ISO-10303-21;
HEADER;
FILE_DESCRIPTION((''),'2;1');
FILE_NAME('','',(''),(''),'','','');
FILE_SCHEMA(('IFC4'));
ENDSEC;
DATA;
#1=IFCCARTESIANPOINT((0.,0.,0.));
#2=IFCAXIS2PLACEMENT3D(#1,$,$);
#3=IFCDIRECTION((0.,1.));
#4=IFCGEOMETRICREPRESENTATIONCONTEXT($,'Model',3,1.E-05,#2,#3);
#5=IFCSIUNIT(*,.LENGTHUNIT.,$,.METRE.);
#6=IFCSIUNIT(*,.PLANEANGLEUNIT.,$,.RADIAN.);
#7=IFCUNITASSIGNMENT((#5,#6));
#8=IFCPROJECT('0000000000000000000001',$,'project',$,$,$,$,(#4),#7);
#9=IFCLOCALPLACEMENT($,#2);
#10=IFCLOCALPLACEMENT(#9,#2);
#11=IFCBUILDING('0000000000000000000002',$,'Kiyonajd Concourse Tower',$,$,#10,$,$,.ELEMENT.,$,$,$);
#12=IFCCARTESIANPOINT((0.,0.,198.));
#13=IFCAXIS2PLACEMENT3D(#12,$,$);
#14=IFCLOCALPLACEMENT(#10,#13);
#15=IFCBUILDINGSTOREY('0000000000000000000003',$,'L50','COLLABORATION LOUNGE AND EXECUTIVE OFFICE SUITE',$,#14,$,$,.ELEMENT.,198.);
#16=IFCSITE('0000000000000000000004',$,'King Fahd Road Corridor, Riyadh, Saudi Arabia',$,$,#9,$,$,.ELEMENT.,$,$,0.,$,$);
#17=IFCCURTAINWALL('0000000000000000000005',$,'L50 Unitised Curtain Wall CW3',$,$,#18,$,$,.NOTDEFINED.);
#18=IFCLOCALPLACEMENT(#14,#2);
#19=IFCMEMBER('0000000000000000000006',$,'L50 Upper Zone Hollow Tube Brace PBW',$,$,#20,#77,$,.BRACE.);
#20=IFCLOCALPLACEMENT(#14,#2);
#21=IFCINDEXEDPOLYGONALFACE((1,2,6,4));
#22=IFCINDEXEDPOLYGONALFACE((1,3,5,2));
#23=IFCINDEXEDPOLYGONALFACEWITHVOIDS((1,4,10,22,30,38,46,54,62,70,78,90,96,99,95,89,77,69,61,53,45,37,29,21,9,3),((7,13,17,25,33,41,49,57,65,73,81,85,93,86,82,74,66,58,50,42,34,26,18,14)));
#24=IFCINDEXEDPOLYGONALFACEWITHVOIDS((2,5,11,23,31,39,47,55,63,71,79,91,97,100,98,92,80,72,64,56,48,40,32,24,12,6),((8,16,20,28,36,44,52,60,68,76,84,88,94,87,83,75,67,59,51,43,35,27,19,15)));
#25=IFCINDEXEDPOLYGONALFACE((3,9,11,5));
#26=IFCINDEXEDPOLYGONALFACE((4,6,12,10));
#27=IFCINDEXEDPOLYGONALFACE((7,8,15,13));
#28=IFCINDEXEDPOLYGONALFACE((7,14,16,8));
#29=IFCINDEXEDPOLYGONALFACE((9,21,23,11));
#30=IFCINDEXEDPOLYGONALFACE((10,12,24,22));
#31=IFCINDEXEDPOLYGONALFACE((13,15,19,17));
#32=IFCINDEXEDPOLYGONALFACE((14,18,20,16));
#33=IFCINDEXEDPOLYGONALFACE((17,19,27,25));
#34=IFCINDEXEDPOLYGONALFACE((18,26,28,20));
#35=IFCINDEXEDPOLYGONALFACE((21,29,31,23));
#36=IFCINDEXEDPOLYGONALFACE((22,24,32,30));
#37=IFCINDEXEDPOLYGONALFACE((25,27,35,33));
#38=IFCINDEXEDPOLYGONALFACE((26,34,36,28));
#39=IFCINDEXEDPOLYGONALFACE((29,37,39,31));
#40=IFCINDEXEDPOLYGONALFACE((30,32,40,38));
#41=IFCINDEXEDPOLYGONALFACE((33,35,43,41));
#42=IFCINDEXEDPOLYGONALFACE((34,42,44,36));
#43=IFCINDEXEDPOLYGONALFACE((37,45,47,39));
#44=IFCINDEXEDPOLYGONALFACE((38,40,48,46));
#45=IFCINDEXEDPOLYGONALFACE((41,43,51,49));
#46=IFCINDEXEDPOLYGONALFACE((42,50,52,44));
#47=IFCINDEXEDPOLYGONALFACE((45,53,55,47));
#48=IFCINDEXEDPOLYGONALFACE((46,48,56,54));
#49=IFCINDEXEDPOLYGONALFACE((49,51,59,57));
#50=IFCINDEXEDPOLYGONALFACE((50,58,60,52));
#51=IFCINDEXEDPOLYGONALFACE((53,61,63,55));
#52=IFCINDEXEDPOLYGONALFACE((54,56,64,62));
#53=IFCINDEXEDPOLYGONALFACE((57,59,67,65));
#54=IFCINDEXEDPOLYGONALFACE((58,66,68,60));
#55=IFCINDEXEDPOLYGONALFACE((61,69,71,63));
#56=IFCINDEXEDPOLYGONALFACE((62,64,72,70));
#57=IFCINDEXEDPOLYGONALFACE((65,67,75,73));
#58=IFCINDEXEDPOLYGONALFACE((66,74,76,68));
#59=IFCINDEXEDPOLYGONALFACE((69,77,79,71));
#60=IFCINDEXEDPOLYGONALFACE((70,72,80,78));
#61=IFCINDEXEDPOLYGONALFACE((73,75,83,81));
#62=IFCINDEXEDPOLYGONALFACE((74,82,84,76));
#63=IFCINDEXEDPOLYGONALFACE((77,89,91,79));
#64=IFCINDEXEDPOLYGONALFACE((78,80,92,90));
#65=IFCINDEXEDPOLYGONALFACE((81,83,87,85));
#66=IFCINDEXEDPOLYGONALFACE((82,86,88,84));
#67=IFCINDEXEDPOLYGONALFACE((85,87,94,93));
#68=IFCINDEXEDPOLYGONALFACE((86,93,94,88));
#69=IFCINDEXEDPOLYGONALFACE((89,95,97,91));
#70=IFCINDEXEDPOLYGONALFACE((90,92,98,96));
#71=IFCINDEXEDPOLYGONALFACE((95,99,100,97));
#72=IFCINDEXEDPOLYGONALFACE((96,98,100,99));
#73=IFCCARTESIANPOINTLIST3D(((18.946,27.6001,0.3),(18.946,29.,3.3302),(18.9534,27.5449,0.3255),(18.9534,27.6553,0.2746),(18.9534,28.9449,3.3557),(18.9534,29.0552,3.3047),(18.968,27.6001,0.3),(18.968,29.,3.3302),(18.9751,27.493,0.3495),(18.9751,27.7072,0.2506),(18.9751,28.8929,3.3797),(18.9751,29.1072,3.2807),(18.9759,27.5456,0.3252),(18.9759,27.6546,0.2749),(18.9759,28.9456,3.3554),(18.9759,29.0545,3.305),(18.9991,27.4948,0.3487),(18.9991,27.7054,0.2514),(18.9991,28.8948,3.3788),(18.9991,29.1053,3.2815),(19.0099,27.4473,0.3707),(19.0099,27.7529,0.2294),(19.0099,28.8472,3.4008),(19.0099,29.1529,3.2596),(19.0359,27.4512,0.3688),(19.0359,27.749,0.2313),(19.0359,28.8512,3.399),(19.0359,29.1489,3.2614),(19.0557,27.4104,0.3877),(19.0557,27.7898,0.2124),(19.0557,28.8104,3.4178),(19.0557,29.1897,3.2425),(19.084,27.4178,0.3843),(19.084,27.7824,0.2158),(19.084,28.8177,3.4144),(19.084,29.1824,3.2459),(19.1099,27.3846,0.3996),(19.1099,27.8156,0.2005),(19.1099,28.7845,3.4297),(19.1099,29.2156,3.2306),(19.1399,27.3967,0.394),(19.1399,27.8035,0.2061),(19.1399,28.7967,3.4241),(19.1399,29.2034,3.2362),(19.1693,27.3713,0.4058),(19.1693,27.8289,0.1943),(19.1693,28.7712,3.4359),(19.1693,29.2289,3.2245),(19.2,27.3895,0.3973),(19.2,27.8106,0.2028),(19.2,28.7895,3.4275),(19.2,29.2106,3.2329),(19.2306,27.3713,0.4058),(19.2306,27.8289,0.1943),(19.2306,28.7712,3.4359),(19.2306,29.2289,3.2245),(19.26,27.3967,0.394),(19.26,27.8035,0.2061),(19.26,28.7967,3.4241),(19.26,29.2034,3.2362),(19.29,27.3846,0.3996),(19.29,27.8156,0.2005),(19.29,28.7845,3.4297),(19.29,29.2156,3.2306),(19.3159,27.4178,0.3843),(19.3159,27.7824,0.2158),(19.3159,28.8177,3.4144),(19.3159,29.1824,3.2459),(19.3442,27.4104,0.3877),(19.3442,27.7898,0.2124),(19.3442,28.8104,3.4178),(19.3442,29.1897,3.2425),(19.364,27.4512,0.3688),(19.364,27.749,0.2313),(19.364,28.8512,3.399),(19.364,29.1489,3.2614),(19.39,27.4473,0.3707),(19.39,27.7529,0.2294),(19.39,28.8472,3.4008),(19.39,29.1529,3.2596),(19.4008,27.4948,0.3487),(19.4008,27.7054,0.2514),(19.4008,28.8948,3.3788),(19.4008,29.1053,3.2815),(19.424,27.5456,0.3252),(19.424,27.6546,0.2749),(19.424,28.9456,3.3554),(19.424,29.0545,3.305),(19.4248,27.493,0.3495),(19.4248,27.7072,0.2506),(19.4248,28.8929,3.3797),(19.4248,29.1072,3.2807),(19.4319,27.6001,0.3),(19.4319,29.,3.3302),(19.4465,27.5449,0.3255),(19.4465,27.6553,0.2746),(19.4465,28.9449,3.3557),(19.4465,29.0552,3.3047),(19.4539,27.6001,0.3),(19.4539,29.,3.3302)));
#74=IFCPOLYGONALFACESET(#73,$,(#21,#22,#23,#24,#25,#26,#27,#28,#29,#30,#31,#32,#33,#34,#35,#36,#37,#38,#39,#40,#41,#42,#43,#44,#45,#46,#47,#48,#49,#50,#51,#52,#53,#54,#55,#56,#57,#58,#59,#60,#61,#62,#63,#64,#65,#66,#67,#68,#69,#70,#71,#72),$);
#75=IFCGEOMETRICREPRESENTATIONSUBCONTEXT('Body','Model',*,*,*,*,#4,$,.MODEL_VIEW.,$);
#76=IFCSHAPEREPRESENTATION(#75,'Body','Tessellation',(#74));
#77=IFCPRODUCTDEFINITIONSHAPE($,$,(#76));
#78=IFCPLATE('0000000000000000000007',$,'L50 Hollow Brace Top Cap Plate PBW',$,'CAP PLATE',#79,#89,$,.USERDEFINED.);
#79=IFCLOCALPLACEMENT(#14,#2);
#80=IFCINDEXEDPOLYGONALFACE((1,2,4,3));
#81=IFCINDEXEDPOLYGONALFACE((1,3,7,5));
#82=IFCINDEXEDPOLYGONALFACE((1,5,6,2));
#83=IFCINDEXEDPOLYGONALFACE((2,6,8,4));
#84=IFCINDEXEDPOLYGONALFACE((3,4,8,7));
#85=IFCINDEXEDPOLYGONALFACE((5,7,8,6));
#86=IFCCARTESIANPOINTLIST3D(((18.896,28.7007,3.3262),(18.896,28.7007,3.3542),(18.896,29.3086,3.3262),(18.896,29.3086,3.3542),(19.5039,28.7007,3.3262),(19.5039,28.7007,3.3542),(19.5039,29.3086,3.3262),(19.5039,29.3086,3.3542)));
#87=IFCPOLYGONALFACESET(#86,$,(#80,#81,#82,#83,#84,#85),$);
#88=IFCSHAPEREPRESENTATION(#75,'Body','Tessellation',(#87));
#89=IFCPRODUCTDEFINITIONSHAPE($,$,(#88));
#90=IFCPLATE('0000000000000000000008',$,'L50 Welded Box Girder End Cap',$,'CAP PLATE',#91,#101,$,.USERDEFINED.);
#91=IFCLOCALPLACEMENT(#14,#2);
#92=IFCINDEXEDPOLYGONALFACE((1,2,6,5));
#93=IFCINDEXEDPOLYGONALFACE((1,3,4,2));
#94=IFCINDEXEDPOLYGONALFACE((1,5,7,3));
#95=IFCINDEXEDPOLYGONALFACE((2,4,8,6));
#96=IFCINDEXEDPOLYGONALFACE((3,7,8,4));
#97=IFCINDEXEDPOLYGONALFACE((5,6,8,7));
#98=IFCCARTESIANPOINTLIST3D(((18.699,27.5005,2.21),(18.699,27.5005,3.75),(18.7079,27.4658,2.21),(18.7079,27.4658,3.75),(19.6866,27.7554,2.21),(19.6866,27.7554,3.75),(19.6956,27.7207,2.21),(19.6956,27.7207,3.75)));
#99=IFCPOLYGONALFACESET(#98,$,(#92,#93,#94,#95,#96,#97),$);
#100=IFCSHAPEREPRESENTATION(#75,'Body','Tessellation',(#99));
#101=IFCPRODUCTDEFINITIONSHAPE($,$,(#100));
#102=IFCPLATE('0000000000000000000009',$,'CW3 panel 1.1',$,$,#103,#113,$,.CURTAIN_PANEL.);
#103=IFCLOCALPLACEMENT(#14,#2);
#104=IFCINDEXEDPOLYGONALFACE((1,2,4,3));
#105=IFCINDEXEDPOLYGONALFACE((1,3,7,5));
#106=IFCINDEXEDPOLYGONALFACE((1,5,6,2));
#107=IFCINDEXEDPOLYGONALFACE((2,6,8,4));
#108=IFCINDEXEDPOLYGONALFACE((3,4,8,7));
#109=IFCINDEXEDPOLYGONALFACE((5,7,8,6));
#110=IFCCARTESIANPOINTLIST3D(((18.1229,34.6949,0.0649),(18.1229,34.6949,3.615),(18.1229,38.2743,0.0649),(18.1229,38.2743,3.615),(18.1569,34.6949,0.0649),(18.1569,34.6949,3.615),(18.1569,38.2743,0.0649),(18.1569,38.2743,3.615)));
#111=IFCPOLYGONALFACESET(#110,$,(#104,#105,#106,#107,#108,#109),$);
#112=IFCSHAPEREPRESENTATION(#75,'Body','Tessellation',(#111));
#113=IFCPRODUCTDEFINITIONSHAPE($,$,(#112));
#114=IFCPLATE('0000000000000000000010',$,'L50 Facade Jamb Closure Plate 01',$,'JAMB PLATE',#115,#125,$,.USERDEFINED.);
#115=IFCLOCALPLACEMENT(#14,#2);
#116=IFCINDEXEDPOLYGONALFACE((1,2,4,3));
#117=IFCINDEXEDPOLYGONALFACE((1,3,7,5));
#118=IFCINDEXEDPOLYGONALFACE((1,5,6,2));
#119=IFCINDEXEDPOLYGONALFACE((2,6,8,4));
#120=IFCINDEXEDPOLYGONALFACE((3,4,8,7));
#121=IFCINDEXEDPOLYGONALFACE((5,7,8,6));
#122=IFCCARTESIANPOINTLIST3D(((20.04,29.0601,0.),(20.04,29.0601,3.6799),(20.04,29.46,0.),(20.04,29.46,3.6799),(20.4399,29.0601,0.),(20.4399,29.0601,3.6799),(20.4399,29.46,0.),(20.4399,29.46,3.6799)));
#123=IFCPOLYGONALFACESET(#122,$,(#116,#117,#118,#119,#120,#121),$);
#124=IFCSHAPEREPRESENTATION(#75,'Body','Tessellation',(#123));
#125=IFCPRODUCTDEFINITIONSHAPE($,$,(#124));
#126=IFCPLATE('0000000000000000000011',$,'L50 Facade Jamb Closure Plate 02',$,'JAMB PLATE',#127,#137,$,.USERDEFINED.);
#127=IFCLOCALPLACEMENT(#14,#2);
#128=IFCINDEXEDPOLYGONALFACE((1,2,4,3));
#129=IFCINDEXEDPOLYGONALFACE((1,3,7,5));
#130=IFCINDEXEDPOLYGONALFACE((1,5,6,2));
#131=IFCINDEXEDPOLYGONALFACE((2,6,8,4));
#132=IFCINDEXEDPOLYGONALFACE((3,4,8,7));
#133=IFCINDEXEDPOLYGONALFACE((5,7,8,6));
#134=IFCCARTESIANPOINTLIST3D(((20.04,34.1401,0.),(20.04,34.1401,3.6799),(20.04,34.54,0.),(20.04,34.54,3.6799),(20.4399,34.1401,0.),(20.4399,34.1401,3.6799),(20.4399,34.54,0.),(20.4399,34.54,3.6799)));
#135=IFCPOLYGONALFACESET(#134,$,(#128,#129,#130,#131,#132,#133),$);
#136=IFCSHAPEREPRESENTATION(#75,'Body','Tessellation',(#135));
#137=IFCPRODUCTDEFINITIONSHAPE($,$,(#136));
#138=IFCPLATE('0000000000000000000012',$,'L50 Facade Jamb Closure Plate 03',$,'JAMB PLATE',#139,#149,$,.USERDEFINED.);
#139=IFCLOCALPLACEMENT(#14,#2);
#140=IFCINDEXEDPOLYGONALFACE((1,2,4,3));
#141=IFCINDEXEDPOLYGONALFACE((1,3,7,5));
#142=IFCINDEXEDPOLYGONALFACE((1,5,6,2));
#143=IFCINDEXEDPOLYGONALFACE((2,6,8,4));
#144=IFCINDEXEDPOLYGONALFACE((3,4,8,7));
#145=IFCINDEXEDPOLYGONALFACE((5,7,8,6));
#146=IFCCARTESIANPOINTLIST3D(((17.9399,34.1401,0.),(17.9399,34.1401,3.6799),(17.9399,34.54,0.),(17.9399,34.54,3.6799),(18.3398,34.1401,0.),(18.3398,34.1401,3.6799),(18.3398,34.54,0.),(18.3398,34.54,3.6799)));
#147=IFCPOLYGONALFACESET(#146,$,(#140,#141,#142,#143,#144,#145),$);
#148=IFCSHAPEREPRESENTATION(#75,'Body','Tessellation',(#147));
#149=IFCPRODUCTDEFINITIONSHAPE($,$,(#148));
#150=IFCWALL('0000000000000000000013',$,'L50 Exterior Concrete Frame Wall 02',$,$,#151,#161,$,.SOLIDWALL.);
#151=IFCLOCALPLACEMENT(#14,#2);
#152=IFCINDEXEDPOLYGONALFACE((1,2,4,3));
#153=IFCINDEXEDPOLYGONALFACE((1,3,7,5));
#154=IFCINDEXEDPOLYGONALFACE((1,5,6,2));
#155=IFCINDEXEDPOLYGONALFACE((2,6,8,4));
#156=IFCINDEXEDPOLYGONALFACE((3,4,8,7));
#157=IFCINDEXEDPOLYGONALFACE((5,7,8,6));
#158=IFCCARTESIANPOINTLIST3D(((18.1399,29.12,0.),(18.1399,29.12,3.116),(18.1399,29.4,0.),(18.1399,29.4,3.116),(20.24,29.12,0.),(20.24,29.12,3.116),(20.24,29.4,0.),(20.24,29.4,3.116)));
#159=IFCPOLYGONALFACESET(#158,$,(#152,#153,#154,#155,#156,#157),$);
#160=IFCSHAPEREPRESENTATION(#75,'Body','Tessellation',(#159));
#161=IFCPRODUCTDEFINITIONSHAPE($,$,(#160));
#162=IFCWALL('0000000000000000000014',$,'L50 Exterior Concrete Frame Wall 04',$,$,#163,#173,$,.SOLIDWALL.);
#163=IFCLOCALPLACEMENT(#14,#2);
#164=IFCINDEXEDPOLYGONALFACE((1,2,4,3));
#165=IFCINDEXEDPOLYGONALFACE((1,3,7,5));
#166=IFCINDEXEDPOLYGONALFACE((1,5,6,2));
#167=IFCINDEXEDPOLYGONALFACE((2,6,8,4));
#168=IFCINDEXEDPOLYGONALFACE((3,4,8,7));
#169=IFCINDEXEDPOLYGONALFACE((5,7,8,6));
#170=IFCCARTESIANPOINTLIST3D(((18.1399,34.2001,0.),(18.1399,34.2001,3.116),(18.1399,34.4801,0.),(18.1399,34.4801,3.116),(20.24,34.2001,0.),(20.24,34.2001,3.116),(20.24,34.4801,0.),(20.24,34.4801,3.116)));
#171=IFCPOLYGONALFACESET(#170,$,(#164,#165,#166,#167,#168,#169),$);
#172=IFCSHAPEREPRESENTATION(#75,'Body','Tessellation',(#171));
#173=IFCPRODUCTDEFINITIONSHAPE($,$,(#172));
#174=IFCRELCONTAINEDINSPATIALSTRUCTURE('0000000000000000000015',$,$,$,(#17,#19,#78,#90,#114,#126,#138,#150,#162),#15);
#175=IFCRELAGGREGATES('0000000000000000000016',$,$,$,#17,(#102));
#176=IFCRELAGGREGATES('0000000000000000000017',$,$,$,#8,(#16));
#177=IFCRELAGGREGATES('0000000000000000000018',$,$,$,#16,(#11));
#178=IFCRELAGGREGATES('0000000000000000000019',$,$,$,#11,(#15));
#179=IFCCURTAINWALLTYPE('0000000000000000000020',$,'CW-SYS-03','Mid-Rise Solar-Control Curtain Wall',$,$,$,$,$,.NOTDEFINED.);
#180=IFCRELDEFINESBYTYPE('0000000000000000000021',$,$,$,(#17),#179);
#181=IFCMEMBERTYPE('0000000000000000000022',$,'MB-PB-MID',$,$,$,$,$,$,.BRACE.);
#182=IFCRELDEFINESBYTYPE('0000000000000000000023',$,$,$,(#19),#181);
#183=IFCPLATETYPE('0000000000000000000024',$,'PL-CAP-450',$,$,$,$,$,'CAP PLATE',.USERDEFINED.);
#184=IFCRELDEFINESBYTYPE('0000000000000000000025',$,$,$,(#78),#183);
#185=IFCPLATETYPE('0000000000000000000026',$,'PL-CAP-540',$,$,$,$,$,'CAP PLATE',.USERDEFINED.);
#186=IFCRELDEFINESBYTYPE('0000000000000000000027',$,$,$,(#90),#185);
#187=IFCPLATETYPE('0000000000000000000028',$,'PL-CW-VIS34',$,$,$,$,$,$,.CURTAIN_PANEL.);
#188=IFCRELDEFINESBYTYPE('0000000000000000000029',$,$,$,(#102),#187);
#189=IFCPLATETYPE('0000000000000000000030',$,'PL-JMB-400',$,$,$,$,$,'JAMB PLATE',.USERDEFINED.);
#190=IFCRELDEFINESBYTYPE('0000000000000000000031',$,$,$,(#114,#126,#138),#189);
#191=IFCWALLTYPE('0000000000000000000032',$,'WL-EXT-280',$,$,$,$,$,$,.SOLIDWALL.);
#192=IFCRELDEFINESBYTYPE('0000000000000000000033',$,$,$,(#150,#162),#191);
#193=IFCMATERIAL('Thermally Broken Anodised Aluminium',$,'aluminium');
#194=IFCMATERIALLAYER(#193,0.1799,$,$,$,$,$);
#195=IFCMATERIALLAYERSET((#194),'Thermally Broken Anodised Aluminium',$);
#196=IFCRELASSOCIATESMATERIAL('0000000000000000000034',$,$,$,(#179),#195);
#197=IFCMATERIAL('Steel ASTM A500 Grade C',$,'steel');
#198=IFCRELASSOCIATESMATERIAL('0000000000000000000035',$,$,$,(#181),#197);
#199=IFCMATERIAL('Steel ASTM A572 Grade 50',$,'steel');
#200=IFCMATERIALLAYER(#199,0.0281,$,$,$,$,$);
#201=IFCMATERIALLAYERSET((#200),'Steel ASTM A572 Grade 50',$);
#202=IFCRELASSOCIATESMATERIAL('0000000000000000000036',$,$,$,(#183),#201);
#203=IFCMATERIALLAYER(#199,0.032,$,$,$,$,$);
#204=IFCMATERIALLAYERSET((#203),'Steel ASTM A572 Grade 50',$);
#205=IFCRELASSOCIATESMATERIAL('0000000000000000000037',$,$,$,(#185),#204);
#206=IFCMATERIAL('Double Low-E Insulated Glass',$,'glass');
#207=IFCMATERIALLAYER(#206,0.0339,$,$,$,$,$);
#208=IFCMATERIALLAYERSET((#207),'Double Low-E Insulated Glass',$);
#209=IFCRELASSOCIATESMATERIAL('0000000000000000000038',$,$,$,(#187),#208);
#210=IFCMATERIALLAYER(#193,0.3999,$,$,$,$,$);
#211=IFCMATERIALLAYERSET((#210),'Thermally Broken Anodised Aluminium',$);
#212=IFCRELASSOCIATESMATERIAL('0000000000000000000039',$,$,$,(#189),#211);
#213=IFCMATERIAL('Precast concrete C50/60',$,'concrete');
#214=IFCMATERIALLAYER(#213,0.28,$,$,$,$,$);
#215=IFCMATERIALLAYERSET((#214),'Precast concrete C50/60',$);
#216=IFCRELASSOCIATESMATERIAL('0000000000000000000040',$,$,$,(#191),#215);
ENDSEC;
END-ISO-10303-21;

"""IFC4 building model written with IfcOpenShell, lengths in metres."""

from ifc_helpers import new_model, si_unit, direction, frame, frame_2d, origin, origin_2d, place, context, subcontext, project, spatial, rectangle, hollow_circle, extrude, material, layer, layer_set, material_profile, profile_set, type_object, element, aggregate, save


model = new_model("IFC4")

# Units and contexts
model_context = context("Model", 3, precision=1e-05, world=origin(), true_north=direction((0.0, 1.0)))
body_context = subcontext(model_context, "Body", "Model", "MODEL_VIEW")
ifc_project = project(units=[si_unit("LENGTHUNIT", "METRE"), si_unit("PLANEANGLEUNIT", "RADIAN")], contexts=[model_context])

# Site, building, storey
site_placement = place(None, origin())
site = spatial("IfcSite", under=ifc_project, at=site_placement, Name="King Fahd Road Corridor, Riyadh, Saudi Arabia", CompositionType="ELEMENT", RefElevation=0.0)
building_placement = place(site_placement, origin())
building = spatial("IfcBuilding", under=site, at=building_placement, Name="Kiyonajd Concourse Tower", CompositionType="ELEMENT")
storey_placement = place(building_placement, frame((0.0, 0.0, 198.0)))
storey = spatial("IfcBuildingStorey", under=building, at=storey_placement, Name="L50", Description="COLLABORATION LOUNGE AND EXECUTIVE OFFICE SUITE", CompositionType="ELEMENT", Elevation=198.0)

# Shared definitions
ifc_material_1 = material(Name="Steel ASTM A572 Grade 50", Category="steel")

# Curtain wall
ifc_material_2 = material(Name="Thermally Broken Anodised Aluminium", Category="aluminium")
ifc_layer_1 = layer(ifc_material_2, 0.1799)
ifc_layer_set_1 = layer_set([ifc_layer_1], Name="Thermally Broken Anodised Aluminium")
curtain_wall_type = type_object("IfcCurtainWallType", Name="CW-SYS-03", Description="Mid-Rise Solar-Control Curtain Wall", PredefinedType="NOTDEFINED", material=ifc_layer_set_1)
curtain_wall_placement = place(storey_placement, origin())
curtain_wall = element("IfcCurtainWall", 1, at=curtain_wall_placement, inside=storey, type_object=curtain_wall_type, Name="L50 Unitised Curtain Wall CW3", PredefinedType="NOTDEFINED")

# Member
ifc_material_3 = material(Name="Steel ASTM A500 Grade C", Category="steel")
ifc_material_profile_1 = material_profile(ifc_material_3, hollow_circle(Radius=0.2539, WallThickness=0.022, at=origin_2d()), Name="CHS-508x22")
ifc_profile_set_1 = profile_set([ifc_material_profile_1], Name="Steel ASTM A500 Grade C")
member_type_1 = type_object("IfcMemberType", Name="MB-PB-MID", PredefinedType="BRACE", material=ifc_profile_set_1)
member_1_placement = place(storey_placement, frame((19.2, 27.6001, 0.3), z_axis=(0.0, 0.419411, 0.907797), x_axis=(-1.0, 0.0, 0.0)))
element("IfcMember", 2, at=member_1_placement, inside=storey, type_object=member_type_1, Name="L50 Upper Zone Hollow Tube Brace PBW", PredefinedType="BRACE", context=body_context, shape_type="SweptSolid", body=[
    extrude(hollow_circle(Radius=0.2539, WallThickness=0.022, at=origin_2d()), origin(), (0.0, 0.0, 1.0), 3.3379),
])

# Plates
ifc_layer_2 = layer(ifc_material_1, 0.0281)
ifc_layer_set_2 = layer_set([ifc_layer_2], Name="Steel ASTM A572 Grade 50")
plate_type_1 = type_object("IfcPlateType", Name="PL-CAP-450", ElementType="CAP PLATE", PredefinedType="USERDEFINED", material=ifc_layer_set_2)
plate_1_placement = place(storey_placement, frame((19.2, 29.0046, 3.3262), z_axis=(0.0, 0.0, 1.0), x_axis=(1.0, 0.0, 0.0)))
element("IfcPlate", 3, at=plate_1_placement, inside=storey, type_object=plate_type_1, Name="L50 Hollow Brace Top Cap Plate PBW", ObjectType="CAP PLATE", PredefinedType="USERDEFINED", context=body_context, shape_type="SweptSolid", body=[
    extrude(rectangle(XDim=0.6079, YDim=0.6079, at=origin_2d()), origin(), (0.0, 0.0, 1.0), 0.0281),
])
ifc_layer_3 = layer(ifc_material_1, 0.032)
ifc_layer_set_3 = layer_set([ifc_layer_3], Name="Steel ASTM A572 Grade 50")
plate_type_2 = type_object("IfcPlateType", Name="PL-CAP-540", ElementType="CAP PLATE", PredefinedType="USERDEFINED", material=ifc_layer_set_3)
plate_2_placement = place(storey_placement, frame((19.1973, 27.6106, 2.21), z_axis=(0.0, 0.0, 1.0), x_axis=(-0.249873, 0.968279, 0.0)))
element("IfcPlate", 4, at=plate_2_placement, inside=storey, type_object=plate_type_2, Name="L50 Welded Box Girder End Cap", ObjectType="CAP PLATE", PredefinedType="USERDEFINED", context=body_context, shape_type="SweptSolid", body=[
    extrude(rectangle(XDim=0.0359, YDim=1.02, at=origin_2d()), origin(), (0.0, 0.0, 1.0), 1.54),
])

# Plate
ifc_material_4 = material(Name="Double Low-E Insulated Glass", Category="glass")
ifc_layer_4 = layer(ifc_material_4, 0.0339)
ifc_layer_set_4 = layer_set([ifc_layer_4], Name="Double Low-E Insulated Glass")
plate_type_3 = type_object("IfcPlateType", Name="PL-CW-VIS34", PredefinedType="CURTAIN_PANEL", material=ifc_layer_set_4)
plate_3_placement = place(storey_placement, frame((18.1399, 36.4846, 0.0649), z_axis=(0.0, 0.0, 1.0), x_axis=(0.0, 1.0, 0.0)))
plate_3 = element("IfcPlate", 5, at=plate_3_placement, type_object=plate_type_3, Name="CW3 panel 1.1", PredefinedType="CURTAIN_PANEL", context=body_context, shape_type="SweptSolid", body=[
    extrude(rectangle(XDim=3.5793, YDim=0.0339, at=origin_2d()), origin(), (0.0, 0.0, 1.0), 3.55),
])
aggregate(curtain_wall, [plate_3])

# Plates
ifc_layer_5 = layer(ifc_material_2, 0.3999)
ifc_layer_set_5 = layer_set([ifc_layer_5], Name="Thermally Broken Anodised Aluminium")
plate_type_4 = type_object("IfcPlateType", Name="PL-JMB-400", ElementType="JAMB PLATE", PredefinedType="USERDEFINED", material=ifc_layer_set_5)
for number, where, z_axis, x_axis, name in (
    (6, (20.24, 29.26, 0.0), (0.0, 0.0, 1.0), (1.0, 0.0, 0.0), "L50 Facade Jamb Closure Plate 01"),
    (7, (20.24, 34.3401, 0.0), (0.0, 0.0, 1.0), (1.0, 0.0, 0.0), "L50 Facade Jamb Closure Plate 02"),
    (8, (18.1399, 34.3401, 0.0), (0.0, 0.0, 1.0), (1.0, 0.0, 0.0), "L50 Facade Jamb Closure Plate 03"),
):
    element("IfcPlate", number, at=place(storey_placement, frame(where, z_axis=z_axis, x_axis=x_axis)), inside=storey, type_object=plate_type_4, Name=name, ObjectType="JAMB PLATE", PredefinedType="USERDEFINED", context=body_context, shape_type="SweptSolid", body=[
        extrude(rectangle(XDim=0.3999, YDim=0.3999, at=origin_2d()), origin(), (0.0, 0.0, 1.0), 3.6799),
    ])

# Walls
ifc_material_5 = material(Name="Precast concrete C50/60", Category="concrete")
ifc_layer_6 = layer(ifc_material_5, 0.28)
ifc_layer_set_6 = layer_set([ifc_layer_6], Name="Precast concrete C50/60")
wall_type_1 = type_object("IfcWallType", Name="WL-EXT-280", PredefinedType="SOLIDWALL", material=ifc_layer_set_6)
for number, where, z_axis, x_axis, name in (
    (9, (18.1399, 29.26, 0.0), (0.0, 0.0, 1.0), (1.0, 0.0, 0.0), "L50 Exterior Concrete Frame Wall 02"),
    (10, (20.24, 34.3401, 0.0), (0.0, 0.0, 1.0), (-1.0, 0.0, 0.0), "L50 Exterior Concrete Frame Wall 04"),
):
    element("IfcWall", number, at=place(storey_placement, frame(where, z_axis=z_axis, x_axis=x_axis)), inside=storey, type_object=wall_type_1, Name=name, PredefinedType="SOLIDWALL", context=body_context, shape_type="SweptSolid", body=[
        extrude(rectangle(XDim=2.1001, YDim=0.28, at=frame_2d((1.05, 0.0))), origin(), (0.0, 0.0, 1.0), 3.116),
    ])

save(model, "model.ifc")
